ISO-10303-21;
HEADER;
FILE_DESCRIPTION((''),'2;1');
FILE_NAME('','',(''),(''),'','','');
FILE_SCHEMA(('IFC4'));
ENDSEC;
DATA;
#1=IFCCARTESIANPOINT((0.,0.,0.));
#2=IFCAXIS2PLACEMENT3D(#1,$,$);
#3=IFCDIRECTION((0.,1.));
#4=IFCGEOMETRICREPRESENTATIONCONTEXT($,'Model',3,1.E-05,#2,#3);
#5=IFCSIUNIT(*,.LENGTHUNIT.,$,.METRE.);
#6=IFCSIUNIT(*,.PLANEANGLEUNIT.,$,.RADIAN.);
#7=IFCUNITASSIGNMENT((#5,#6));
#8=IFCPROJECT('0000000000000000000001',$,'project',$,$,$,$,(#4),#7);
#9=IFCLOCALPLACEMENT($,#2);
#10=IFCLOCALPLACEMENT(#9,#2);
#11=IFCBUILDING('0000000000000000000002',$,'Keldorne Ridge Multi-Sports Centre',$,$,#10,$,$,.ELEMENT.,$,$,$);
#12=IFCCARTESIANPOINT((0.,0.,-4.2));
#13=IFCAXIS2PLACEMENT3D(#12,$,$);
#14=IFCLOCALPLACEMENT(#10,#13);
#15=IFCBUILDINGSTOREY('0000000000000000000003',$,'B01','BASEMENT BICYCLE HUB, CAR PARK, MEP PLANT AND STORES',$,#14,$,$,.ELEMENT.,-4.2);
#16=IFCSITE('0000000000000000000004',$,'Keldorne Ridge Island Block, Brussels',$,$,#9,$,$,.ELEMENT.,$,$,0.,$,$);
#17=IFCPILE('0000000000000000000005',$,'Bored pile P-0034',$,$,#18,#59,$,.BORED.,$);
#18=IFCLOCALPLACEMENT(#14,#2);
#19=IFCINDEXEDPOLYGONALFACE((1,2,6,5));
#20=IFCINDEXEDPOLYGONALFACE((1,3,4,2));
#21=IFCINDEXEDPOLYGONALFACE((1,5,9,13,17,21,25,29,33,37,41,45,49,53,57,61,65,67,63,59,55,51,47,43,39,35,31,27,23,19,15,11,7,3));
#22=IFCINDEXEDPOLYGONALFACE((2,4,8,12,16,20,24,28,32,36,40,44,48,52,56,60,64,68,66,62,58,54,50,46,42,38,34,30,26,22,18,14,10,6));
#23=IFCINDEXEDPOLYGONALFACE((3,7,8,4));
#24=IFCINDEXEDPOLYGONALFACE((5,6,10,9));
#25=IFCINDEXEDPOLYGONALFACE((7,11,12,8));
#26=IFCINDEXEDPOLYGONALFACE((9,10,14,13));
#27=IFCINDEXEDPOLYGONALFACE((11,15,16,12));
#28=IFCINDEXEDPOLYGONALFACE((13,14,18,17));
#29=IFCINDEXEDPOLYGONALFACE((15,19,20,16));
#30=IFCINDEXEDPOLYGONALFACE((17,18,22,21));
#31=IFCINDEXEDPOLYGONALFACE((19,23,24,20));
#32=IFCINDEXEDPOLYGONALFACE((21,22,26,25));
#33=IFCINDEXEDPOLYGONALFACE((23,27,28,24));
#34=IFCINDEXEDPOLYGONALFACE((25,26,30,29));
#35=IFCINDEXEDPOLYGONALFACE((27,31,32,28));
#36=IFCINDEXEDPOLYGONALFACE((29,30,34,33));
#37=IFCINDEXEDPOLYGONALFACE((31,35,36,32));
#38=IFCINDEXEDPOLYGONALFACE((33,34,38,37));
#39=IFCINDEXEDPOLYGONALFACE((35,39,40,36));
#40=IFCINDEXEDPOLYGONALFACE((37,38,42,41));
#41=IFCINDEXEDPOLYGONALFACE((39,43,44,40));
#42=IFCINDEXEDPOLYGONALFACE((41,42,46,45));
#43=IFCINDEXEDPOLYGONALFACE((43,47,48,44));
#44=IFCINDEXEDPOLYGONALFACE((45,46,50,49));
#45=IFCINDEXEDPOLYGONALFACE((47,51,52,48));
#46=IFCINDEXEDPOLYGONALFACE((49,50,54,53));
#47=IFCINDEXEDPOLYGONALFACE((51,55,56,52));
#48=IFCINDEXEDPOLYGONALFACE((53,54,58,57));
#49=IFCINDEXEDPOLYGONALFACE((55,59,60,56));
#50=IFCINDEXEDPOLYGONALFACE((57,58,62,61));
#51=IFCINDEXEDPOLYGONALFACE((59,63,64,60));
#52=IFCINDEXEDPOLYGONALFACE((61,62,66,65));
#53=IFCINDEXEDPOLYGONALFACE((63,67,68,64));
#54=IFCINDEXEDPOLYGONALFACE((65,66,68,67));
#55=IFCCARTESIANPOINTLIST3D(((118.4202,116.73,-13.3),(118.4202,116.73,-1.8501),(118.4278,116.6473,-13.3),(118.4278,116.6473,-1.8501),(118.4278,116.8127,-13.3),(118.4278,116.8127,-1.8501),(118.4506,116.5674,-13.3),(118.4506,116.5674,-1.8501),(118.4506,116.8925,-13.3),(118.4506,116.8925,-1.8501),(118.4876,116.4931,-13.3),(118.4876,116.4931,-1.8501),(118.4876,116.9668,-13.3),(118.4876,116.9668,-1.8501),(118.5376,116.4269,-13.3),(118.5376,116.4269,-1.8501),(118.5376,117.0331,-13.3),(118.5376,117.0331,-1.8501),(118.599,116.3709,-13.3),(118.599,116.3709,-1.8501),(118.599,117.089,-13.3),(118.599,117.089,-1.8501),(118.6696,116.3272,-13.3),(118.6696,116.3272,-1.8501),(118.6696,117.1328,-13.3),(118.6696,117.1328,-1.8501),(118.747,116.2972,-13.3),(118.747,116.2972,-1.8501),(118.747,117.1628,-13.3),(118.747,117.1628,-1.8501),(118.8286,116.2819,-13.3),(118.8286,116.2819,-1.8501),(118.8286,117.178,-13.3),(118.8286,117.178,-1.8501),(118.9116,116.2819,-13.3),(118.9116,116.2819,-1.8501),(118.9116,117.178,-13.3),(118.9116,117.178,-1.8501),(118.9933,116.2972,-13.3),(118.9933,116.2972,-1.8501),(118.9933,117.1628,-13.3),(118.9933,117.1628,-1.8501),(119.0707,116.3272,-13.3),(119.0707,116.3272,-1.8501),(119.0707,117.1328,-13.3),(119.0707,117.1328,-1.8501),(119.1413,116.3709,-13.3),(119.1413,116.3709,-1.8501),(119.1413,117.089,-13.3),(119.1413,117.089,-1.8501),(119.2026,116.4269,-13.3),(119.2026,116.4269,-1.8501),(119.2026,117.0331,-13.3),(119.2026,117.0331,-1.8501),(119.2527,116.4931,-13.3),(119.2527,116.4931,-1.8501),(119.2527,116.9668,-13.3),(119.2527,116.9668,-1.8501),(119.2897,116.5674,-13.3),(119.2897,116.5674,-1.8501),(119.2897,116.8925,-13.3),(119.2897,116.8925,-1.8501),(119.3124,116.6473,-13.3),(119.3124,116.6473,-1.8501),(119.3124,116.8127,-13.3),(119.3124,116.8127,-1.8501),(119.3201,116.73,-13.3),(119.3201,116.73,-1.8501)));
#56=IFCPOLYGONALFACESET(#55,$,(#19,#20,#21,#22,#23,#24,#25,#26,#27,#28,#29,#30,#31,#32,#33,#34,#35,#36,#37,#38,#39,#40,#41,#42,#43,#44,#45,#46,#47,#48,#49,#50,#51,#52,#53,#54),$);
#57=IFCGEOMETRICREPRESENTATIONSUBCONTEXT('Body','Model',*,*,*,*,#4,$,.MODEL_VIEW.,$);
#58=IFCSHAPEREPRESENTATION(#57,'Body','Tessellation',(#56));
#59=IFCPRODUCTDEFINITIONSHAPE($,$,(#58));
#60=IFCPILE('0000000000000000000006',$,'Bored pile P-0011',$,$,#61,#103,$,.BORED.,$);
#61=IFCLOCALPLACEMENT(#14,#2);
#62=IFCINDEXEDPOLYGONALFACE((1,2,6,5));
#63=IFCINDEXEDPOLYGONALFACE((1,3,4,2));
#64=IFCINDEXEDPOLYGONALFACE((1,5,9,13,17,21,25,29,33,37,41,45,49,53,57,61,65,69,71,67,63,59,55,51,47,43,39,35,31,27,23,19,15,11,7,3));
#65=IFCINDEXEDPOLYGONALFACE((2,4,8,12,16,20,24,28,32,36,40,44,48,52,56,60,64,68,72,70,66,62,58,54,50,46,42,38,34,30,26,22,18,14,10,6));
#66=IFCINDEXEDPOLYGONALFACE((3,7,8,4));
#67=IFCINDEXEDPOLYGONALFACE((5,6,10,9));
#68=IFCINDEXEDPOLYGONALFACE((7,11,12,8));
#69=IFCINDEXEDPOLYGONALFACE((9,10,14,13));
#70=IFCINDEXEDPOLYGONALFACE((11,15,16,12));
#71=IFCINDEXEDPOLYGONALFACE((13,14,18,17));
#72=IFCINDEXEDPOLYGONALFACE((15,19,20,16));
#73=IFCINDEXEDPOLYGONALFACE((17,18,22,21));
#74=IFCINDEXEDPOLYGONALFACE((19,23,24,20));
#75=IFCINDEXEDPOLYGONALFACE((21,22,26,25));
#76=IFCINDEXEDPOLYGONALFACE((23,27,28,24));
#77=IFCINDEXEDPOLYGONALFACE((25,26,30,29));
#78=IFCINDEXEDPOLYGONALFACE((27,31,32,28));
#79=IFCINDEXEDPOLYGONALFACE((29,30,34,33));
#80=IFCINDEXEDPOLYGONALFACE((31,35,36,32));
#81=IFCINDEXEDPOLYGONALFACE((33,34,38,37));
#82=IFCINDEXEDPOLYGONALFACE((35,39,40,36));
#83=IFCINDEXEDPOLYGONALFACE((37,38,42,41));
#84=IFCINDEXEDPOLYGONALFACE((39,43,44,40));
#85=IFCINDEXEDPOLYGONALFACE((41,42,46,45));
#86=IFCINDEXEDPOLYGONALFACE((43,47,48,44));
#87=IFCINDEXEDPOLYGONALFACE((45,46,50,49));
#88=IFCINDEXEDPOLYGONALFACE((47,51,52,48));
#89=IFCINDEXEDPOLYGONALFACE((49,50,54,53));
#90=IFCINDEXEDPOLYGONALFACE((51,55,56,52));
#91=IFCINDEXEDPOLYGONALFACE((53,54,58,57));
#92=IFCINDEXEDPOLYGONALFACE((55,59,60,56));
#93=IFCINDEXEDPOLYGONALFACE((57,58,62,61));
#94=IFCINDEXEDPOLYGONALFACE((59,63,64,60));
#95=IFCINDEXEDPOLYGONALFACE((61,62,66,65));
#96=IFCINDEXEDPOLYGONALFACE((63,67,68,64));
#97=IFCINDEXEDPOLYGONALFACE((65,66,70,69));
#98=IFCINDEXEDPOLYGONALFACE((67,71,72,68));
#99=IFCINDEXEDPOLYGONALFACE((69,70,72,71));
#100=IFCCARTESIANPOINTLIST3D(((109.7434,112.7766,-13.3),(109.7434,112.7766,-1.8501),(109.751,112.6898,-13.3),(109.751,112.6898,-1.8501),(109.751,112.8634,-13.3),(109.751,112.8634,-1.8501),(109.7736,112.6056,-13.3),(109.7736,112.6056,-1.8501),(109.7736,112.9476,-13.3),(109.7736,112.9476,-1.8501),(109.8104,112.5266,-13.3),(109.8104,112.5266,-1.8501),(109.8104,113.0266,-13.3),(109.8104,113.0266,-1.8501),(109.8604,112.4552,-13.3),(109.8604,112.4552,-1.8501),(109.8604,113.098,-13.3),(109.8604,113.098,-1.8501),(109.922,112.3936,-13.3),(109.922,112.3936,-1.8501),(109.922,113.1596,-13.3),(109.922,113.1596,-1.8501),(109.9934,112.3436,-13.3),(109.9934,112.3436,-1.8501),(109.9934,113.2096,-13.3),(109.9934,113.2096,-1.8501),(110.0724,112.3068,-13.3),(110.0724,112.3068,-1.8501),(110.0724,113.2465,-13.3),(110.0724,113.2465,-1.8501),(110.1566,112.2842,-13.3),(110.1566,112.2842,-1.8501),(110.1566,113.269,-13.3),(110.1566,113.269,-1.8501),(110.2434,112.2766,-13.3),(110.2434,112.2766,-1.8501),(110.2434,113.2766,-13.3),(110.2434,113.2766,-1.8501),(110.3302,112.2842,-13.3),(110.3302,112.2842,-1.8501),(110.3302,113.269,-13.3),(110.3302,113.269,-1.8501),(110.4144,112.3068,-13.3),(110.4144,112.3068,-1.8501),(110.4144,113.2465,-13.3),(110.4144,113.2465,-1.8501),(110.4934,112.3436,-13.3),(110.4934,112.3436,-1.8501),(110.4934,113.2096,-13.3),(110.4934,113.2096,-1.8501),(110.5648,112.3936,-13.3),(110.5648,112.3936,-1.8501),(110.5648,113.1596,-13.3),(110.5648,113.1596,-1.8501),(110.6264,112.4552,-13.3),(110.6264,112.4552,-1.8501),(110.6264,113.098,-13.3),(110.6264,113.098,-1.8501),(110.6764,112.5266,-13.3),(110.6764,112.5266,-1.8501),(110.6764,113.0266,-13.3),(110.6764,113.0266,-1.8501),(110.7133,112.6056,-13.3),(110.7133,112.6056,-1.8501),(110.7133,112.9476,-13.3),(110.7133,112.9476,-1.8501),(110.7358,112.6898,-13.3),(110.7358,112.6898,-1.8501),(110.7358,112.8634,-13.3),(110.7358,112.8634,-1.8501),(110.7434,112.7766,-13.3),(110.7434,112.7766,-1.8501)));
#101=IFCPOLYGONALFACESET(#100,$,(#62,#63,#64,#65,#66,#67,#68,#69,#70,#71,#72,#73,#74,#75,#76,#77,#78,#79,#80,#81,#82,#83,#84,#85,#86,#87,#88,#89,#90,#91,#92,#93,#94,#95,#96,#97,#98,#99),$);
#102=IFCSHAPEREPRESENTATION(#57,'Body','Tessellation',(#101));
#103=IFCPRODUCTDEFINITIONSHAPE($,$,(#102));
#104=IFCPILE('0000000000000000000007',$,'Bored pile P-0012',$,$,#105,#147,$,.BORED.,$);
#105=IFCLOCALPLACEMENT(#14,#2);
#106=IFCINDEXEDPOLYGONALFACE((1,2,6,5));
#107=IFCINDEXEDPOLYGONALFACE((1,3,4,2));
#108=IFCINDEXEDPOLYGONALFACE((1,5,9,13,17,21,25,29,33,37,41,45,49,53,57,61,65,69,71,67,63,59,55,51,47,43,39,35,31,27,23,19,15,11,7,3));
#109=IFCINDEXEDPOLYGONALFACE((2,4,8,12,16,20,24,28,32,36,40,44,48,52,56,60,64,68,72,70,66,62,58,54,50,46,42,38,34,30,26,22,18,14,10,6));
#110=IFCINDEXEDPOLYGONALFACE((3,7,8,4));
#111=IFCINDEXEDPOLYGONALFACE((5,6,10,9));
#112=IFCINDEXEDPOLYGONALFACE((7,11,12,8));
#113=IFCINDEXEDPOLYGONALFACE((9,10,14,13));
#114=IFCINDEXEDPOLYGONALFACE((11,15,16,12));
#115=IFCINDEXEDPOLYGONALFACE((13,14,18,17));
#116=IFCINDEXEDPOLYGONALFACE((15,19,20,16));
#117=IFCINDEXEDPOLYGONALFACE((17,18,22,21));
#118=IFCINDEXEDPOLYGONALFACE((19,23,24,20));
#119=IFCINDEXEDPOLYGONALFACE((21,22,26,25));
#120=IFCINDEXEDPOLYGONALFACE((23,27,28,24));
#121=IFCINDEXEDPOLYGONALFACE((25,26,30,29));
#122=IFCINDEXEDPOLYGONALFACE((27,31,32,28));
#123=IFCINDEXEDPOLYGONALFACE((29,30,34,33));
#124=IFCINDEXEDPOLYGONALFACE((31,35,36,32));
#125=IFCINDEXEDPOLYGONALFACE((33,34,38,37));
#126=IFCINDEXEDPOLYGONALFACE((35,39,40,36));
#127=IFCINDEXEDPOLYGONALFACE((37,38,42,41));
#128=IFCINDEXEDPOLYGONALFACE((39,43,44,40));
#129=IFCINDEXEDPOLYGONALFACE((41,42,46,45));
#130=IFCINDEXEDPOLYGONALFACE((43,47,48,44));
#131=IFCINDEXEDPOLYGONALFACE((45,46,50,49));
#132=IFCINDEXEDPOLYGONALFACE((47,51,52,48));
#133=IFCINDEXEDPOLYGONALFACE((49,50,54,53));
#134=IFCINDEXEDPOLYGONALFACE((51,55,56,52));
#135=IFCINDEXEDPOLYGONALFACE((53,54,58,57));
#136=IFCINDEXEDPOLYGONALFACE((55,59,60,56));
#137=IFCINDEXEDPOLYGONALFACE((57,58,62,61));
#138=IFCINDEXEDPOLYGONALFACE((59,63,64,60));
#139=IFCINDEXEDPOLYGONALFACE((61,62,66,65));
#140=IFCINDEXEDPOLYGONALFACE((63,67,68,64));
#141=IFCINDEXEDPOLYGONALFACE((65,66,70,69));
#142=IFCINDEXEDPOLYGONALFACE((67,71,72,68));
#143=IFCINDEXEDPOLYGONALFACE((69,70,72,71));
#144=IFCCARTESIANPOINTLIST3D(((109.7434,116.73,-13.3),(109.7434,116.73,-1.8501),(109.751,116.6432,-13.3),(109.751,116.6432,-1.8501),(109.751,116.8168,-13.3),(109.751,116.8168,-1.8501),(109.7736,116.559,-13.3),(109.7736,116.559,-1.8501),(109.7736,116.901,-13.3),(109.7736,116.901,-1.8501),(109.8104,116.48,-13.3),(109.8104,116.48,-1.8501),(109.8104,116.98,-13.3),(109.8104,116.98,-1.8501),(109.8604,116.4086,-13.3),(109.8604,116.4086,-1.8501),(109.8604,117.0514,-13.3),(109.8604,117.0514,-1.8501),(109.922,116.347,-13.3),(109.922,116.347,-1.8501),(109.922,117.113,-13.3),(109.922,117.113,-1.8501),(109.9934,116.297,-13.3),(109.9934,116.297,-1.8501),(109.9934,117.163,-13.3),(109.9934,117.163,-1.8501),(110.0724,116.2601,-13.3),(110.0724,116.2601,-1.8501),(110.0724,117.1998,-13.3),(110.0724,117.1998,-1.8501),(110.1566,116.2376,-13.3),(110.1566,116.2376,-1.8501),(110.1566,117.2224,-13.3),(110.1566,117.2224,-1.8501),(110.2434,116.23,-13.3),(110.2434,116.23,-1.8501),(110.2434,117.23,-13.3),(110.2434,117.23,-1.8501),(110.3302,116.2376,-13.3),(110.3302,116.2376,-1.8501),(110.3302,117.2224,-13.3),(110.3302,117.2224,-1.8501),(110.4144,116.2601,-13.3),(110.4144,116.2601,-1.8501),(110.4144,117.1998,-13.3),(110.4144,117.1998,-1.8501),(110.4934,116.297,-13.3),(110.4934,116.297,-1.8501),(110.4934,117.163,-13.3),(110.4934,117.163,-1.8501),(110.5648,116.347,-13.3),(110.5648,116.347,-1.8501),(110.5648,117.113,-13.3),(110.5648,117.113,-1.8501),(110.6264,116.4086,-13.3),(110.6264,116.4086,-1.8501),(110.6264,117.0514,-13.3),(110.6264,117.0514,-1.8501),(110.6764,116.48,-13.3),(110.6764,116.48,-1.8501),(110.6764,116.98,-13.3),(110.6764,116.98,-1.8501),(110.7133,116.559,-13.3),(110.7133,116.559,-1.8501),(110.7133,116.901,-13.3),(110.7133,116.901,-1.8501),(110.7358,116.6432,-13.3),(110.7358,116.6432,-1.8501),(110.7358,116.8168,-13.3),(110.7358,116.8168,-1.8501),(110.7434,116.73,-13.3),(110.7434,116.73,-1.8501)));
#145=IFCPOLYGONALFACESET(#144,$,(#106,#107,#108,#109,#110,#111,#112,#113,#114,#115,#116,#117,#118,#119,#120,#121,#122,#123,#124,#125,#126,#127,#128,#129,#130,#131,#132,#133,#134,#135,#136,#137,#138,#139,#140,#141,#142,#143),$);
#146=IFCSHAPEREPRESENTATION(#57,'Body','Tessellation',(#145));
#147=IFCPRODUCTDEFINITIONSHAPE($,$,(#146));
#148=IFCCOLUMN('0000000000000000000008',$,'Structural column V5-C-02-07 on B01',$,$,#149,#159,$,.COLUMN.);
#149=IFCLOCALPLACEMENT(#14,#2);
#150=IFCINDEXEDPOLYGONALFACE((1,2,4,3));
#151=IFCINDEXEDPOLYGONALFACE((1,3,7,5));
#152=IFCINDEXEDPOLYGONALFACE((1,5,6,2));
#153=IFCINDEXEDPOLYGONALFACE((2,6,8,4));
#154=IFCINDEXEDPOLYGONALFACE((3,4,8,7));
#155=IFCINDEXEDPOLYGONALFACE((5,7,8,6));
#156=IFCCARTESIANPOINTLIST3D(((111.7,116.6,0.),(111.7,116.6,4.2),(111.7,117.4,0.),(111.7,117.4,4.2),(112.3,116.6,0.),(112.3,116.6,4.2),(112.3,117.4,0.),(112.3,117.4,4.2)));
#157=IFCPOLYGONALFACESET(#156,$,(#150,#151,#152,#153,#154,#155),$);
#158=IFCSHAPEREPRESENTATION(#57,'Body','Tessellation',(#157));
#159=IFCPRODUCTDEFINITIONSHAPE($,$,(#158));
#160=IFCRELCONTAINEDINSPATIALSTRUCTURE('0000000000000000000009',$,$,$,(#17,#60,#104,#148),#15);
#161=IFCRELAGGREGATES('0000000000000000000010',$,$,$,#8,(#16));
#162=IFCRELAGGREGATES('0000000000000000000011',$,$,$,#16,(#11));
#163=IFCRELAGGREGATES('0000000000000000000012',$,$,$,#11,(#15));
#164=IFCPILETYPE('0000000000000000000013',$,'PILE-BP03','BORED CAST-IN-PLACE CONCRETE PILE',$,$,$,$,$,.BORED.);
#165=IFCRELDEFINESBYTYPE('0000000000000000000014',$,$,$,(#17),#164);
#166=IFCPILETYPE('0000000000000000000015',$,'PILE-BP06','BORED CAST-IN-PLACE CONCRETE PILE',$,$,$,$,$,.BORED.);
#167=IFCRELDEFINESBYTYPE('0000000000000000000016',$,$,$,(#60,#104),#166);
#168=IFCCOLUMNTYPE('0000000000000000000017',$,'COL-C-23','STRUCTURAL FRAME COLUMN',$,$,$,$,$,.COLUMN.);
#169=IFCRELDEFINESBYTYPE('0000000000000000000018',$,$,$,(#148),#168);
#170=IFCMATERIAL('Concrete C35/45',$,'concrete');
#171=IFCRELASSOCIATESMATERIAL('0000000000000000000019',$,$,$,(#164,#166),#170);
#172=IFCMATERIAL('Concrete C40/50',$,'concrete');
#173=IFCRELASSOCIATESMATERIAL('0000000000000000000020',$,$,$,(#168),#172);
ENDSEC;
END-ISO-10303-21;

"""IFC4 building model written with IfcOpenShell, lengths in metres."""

from ifc_helpers import new_model, si_unit, direction, frame, origin, origin_2d, place, context, subcontext, project, spatial, rectangle, circle, extrude, material, material_profile, profile_set, type_object, element, save


model = new_model("IFC4")

# Units and contexts
model_context = context("Model", 3, precision=1e-05, world=origin(), true_north=direction((0.0, 1.0)))
body_context = subcontext(model_context, "Body", "Model", "MODEL_VIEW")
ifc_project = project(units=[si_unit("LENGTHUNIT", "METRE"), si_unit("PLANEANGLEUNIT", "RADIAN")], contexts=[model_context])

# Site, building, storey
site_placement = place(None, origin())
site = spatial("IfcSite", under=ifc_project, at=site_placement, Name="Keldorne Ridge Island Block, Brussels", CompositionType="ELEMENT", RefElevation=0.0)
building_placement = place(site_placement, origin())
building = spatial("IfcBuilding", under=site, at=building_placement, Name="Keldorne Ridge Multi-Sports Centre", CompositionType="ELEMENT")
storey_placement = place(building_placement, frame((0.0, 0.0, -4.2)))
storey = spatial("IfcBuildingStorey", under=building, at=storey_placement, Name="B01", Description="BASEMENT BICYCLE HUB, CAR PARK, MEP PLANT AND STORES", CompositionType="ELEMENT", Elevation=-4.2)

# Shared definitions
ifc_material_1 = material(Name="Concrete C35/45", Category="concrete")

# Piles
ifc_material_profile_1 = material_profile(ifc_material_1, circle(Radius=0.45, at=origin_2d()), Name="BORED PILE D900")
ifc_profile_set_1 = profile_set([ifc_material_profile_1], Name="Concrete C35/45")
pile_type_1 = type_object("IfcPileType", Name="PILE-BP03", Description="BORED CAST-IN-PLACE CONCRETE PILE", PredefinedType="BORED", material=ifc_profile_set_1)
for number, where, z_axis, x_axis, name in (
    (1, (118.8701, 116.73, -1.8501), (0.0, 0.0, -1.0), (1.0, 0.0, 0.0), "Bored pile P-0034"),
):
    element("IfcPile", number, at=place(storey_placement, frame(where, z_axis=z_axis, x_axis=x_axis)), inside=storey, type_object=pile_type_1, Name=name, PredefinedType="BORED", context=body_context, shape_type="SweptSolid", body=[
        extrude(circle(Radius=0.45, at=origin_2d()), origin(), (0.0, 0.0, 1.0), 11.45),
    ])
ifc_material_profile_2 = material_profile(ifc_material_1, circle(Radius=0.5, at=origin_2d()), Name="BORED PILE D1000")
ifc_profile_set_2 = profile_set([ifc_material_profile_2], Name="Concrete C35/45")
pile_type_2 = type_object("IfcPileType", Name="PILE-BP06", Description="BORED CAST-IN-PLACE CONCRETE PILE", PredefinedType="BORED", material=ifc_profile_set_2)
for number, where, z_axis, x_axis, name in (
    (2, (110.2434, 112.7766, -1.8501), (0.0, 0.0, -1.0), (1.0, 0.0, 0.0), "Bored pile P-0011"),
    (3, (110.2434, 116.73, -1.8501), (0.0, 0.0, -1.0), (1.0, 0.0, 0.0), "Bored pile P-0012"),
):
    element("IfcPile", number, at=place(storey_placement, frame(where, z_axis=z_axis, x_axis=x_axis)), inside=storey, type_object=pile_type_2, Name=name, PredefinedType="BORED", context=body_context, shape_type="SweptSolid", body=[
        extrude(circle(Radius=0.5, at=origin_2d()), origin(), (0.0, 0.0, 1.0), 11.45),
    ])

# Column
ifc_material_2 = material(Name="Concrete C40/50", Category="concrete")
ifc_material_profile_3 = material_profile(ifc_material_2, rectangle(XDim=0.6001, YDim=0.8, at=origin_2d()), Name="RC 600x800")
ifc_profile_set_3 = profile_set([ifc_material_profile_3], Name="Concrete C40/50")
column_type_1 = type_object("IfcColumnType", Name="COL-C-23", Description="STRUCTURAL FRAME COLUMN", PredefinedType="COLUMN", material=ifc_profile_set_3)
column_1_placement = place(storey_placement, frame((112.0, 117.0, 0.0), z_axis=(0.0, 0.0, 1.0), x_axis=(1.0, 0.0, 0.0)))
element("IfcColumn", 4, at=column_1_placement, inside=storey, type_object=column_type_1, Name="Structural column V5-C-02-07 on B01", PredefinedType="COLUMN", context=body_context, shape_type="SweptSolid", body=[
    extrude(rectangle(XDim=0.6001, YDim=0.8, at=origin_2d()), origin(), (0.0, 0.0, 1.0), 4.2),
])

save(model, "model.ifc")
